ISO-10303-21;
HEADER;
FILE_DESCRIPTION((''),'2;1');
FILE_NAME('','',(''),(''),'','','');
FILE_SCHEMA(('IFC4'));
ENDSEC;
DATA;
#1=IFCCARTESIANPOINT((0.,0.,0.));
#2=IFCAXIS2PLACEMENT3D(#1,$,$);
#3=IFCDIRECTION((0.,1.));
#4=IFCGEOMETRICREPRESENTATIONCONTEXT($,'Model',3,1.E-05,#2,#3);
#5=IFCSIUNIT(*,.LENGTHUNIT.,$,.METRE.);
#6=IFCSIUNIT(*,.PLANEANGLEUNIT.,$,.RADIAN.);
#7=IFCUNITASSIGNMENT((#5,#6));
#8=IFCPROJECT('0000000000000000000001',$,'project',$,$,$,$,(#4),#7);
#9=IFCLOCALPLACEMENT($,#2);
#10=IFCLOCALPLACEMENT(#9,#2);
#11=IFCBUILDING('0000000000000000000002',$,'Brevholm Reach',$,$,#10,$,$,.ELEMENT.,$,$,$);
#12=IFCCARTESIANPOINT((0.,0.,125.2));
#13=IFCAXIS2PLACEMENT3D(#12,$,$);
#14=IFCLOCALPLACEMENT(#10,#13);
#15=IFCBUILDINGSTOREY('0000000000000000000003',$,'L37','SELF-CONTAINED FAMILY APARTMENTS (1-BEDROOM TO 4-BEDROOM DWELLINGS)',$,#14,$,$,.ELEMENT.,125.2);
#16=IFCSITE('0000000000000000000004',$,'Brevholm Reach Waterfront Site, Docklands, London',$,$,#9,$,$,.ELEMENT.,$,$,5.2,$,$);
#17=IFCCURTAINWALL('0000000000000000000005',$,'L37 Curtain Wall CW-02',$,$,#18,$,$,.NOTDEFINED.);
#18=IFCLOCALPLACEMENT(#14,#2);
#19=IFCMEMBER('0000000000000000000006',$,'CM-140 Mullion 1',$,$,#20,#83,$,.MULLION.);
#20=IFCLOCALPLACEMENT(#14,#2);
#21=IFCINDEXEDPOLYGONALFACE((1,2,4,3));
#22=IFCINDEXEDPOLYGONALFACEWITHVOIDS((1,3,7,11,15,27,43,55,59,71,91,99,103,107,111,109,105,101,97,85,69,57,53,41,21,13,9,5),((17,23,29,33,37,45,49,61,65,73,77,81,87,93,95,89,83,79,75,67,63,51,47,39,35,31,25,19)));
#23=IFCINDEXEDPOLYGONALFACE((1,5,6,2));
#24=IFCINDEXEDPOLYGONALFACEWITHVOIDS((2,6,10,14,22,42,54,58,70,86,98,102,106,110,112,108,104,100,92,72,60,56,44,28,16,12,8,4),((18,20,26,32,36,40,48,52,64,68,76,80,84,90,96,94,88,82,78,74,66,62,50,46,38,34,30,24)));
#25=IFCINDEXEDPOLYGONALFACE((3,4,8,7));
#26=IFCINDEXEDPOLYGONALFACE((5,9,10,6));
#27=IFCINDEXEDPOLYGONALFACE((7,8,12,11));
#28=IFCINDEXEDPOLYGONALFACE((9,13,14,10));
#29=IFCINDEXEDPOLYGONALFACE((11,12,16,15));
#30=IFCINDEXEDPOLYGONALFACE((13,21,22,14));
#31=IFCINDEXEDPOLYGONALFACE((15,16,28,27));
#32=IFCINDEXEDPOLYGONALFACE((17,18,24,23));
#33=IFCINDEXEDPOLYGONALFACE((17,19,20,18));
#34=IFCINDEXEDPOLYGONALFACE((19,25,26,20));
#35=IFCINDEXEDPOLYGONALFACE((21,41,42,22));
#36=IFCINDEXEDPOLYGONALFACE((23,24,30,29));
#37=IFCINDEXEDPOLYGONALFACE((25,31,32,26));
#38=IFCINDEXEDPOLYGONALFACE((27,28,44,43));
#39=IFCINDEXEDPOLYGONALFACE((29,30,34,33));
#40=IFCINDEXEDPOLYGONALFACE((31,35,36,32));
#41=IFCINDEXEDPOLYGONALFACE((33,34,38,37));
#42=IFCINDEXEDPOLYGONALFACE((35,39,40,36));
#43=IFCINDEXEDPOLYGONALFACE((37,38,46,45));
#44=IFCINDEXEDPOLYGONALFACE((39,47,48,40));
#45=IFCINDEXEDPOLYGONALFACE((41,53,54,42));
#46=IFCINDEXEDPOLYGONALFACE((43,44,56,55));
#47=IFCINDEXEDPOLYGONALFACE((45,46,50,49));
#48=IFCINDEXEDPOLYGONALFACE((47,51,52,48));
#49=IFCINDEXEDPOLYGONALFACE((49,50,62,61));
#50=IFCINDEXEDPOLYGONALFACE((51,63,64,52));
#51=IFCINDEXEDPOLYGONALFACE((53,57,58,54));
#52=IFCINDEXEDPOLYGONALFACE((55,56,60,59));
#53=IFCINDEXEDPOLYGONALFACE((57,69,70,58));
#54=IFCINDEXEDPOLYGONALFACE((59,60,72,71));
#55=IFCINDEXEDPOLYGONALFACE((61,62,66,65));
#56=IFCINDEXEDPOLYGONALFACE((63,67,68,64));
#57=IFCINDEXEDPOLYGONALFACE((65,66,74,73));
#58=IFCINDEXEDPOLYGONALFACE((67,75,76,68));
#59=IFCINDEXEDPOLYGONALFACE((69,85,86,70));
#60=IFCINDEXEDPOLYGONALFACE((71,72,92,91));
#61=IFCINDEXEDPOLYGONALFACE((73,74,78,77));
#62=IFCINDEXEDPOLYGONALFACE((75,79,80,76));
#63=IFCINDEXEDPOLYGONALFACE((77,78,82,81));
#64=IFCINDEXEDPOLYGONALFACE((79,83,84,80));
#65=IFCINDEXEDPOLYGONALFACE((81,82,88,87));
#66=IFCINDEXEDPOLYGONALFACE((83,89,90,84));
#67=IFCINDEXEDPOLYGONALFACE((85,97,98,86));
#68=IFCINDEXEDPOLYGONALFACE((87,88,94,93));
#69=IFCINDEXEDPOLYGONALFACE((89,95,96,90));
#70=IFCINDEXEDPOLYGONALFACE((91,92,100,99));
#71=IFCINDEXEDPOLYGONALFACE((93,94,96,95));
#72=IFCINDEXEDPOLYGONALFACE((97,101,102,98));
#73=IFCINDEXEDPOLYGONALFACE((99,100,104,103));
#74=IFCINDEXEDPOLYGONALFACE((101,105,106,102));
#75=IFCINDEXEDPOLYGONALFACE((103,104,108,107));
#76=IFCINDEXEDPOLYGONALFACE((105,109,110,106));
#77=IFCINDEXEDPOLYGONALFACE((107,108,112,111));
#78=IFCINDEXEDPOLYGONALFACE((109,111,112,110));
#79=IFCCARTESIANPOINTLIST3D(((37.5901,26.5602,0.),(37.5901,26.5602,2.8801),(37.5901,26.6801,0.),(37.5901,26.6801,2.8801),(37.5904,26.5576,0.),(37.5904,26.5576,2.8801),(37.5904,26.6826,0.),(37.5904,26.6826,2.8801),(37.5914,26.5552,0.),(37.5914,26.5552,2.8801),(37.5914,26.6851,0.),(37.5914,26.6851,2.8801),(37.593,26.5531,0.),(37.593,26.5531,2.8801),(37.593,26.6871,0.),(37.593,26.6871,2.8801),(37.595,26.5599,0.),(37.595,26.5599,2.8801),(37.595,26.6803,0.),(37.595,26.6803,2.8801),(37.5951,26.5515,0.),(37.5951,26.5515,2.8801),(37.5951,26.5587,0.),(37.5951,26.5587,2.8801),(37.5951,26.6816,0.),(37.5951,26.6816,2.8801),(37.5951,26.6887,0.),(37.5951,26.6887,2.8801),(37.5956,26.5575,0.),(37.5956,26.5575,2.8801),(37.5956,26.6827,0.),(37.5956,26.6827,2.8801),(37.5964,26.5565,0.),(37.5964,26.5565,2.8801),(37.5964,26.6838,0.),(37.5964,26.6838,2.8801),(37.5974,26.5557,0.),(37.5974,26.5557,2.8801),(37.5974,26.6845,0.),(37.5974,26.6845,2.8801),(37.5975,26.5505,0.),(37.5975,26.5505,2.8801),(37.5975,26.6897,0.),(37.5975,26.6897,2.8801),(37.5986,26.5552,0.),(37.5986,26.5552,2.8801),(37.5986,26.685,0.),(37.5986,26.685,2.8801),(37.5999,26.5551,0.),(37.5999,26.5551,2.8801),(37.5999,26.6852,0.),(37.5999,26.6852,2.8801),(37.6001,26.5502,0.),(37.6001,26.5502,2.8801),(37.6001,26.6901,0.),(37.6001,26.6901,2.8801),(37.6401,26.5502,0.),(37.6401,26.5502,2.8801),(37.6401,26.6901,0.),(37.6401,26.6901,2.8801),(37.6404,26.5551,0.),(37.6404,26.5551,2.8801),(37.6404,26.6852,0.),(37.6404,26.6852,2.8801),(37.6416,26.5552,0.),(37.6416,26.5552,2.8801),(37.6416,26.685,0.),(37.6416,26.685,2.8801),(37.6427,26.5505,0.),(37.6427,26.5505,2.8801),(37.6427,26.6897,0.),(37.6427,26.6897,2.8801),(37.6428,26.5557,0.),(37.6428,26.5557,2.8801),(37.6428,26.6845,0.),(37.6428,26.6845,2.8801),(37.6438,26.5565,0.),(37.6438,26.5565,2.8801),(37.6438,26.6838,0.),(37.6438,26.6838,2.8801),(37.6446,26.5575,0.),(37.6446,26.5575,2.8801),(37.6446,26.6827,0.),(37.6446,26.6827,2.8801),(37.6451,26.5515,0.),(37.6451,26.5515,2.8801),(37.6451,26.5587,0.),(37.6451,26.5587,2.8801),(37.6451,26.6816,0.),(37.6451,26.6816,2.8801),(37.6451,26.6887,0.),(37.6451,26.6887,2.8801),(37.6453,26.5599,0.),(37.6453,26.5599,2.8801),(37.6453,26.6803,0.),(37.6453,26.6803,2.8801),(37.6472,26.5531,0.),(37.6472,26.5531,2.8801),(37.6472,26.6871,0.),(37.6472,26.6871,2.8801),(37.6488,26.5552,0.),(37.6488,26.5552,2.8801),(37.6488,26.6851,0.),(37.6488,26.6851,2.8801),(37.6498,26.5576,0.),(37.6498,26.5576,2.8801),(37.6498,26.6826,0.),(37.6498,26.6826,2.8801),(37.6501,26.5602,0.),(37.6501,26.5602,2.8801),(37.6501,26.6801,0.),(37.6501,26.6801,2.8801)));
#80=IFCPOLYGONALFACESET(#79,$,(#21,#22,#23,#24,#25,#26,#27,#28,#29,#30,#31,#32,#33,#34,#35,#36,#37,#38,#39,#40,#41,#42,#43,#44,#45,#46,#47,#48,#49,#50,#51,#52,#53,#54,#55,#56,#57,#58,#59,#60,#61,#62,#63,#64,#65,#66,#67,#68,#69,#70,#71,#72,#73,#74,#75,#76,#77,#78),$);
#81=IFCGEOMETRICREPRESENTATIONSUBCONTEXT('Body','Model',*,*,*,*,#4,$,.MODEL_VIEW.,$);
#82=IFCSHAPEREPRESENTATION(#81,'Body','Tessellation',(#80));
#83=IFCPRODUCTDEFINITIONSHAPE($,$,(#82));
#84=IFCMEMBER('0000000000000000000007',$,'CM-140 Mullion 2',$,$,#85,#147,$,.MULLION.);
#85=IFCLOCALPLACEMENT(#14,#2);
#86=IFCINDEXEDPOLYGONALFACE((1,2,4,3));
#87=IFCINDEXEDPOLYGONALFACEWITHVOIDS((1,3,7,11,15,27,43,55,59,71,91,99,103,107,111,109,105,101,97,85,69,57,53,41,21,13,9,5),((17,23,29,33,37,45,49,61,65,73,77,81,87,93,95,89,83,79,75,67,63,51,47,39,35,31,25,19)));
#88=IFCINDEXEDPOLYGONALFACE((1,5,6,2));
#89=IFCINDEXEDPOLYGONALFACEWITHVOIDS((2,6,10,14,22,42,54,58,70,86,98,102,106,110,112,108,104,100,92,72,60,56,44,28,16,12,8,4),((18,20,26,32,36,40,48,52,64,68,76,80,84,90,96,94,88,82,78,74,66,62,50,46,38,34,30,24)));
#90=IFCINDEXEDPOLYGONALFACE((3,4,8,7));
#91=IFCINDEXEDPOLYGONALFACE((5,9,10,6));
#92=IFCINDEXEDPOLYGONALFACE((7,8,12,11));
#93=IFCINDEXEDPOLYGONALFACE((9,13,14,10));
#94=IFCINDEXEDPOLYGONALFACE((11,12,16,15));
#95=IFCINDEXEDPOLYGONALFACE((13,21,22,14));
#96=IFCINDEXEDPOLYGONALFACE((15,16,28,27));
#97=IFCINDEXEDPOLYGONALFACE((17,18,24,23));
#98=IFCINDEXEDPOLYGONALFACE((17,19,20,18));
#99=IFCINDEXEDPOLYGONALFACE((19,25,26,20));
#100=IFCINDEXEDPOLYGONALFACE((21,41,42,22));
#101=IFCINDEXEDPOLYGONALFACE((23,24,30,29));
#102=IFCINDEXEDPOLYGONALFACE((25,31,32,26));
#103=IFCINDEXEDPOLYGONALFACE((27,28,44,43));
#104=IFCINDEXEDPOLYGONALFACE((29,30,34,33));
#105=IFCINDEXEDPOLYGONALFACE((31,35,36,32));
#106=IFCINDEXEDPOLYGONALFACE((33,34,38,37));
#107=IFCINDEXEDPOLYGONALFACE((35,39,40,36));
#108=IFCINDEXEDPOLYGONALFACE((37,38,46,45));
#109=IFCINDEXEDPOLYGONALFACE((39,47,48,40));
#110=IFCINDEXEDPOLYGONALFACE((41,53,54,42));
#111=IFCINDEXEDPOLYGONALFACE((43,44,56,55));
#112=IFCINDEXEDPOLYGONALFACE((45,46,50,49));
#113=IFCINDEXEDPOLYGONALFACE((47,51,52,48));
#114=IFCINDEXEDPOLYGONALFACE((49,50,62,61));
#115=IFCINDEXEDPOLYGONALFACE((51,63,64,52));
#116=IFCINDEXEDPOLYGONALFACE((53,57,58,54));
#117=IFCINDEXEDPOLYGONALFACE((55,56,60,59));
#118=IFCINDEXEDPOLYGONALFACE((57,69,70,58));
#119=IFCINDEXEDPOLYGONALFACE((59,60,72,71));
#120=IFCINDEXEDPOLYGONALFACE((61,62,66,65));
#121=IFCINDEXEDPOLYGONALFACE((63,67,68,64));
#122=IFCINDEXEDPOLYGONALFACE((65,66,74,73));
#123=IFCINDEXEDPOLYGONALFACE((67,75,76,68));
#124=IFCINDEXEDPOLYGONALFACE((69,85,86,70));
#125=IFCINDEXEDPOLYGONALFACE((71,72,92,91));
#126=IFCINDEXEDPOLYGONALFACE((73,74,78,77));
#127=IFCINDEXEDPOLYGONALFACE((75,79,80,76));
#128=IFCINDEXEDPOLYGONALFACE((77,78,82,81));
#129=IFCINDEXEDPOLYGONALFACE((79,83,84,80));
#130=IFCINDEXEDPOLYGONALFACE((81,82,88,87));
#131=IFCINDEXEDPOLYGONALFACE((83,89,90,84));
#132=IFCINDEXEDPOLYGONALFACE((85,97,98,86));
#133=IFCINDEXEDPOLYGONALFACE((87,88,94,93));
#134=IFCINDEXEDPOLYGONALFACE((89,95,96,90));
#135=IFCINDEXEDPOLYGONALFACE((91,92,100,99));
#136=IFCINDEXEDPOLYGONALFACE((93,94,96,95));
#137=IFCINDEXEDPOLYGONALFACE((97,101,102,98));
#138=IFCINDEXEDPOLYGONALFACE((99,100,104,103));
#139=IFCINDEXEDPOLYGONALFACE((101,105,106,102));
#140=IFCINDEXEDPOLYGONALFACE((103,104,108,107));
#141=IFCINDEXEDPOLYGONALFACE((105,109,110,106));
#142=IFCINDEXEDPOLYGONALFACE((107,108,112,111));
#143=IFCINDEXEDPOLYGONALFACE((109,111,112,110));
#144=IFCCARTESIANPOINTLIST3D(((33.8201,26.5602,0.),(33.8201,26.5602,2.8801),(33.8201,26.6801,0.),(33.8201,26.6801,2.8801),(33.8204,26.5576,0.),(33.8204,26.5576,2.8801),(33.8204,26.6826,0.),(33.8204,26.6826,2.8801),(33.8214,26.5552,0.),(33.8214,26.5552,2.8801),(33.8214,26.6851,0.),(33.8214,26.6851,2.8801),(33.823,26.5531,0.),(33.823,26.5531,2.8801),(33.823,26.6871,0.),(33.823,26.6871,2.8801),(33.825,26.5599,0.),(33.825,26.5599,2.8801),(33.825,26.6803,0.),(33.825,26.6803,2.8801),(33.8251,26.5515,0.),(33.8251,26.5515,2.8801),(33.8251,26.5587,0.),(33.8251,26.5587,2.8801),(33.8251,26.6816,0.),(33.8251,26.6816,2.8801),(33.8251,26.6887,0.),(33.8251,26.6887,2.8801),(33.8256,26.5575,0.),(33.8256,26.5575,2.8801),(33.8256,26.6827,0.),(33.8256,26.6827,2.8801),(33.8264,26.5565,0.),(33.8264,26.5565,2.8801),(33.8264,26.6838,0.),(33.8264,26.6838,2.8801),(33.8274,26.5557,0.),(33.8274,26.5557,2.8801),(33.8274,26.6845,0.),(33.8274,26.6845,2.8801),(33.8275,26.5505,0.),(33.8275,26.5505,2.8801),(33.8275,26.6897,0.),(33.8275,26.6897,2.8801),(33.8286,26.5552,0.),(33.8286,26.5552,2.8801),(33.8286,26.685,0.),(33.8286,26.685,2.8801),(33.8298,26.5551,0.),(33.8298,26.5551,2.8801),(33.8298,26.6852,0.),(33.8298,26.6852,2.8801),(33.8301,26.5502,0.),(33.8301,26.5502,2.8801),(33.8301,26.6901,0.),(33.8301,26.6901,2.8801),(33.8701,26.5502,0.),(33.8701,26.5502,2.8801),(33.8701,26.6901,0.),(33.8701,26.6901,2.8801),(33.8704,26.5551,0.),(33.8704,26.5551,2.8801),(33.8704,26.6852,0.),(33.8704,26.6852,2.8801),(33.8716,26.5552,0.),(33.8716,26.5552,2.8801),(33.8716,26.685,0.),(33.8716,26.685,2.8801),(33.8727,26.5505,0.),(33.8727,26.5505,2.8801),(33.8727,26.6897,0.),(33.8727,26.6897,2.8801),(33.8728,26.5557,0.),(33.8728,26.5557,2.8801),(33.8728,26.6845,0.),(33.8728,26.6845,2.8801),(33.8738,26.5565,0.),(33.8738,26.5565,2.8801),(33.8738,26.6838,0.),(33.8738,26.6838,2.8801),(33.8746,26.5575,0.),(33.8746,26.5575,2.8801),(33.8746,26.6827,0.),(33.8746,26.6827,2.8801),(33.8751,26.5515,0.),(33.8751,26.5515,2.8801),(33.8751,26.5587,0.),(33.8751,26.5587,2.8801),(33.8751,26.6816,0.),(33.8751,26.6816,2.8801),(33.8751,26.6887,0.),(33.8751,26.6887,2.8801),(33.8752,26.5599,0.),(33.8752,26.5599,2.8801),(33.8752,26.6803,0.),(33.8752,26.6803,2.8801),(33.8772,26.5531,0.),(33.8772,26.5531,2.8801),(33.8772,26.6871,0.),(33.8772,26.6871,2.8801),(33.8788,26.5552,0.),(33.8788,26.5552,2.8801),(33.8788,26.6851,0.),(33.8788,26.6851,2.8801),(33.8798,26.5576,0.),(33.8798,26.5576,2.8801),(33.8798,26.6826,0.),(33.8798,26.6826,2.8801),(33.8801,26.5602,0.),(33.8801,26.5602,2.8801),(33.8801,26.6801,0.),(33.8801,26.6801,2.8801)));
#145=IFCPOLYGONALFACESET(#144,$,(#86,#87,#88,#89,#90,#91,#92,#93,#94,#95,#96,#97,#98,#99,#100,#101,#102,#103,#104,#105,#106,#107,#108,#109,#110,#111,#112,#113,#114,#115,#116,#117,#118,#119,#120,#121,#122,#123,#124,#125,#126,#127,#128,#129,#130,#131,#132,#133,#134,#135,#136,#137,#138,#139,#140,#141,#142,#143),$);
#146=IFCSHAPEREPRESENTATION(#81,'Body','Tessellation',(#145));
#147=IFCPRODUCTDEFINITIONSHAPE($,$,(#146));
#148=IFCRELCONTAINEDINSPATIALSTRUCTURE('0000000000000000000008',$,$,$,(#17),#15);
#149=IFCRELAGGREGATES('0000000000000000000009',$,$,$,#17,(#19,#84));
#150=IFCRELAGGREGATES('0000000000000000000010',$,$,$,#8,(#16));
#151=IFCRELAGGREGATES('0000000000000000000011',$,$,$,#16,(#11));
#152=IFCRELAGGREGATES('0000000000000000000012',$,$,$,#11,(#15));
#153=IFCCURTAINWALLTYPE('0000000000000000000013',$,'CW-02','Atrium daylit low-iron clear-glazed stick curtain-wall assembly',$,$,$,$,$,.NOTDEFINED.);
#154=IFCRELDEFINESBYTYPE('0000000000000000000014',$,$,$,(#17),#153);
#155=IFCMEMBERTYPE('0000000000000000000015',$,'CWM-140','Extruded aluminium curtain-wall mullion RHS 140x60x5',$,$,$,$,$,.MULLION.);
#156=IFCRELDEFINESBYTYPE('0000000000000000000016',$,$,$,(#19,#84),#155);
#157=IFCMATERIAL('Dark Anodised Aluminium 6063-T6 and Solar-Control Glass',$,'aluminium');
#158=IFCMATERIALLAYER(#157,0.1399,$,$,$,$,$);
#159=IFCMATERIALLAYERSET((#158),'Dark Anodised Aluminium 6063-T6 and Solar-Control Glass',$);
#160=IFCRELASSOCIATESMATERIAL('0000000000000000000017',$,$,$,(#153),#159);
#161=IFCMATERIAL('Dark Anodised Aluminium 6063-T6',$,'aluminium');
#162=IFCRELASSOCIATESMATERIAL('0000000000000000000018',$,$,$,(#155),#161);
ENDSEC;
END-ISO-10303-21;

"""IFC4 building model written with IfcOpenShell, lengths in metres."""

from ifc_helpers import new_model, si_unit, direction, frame, origin, origin_2d, place, context, subcontext, project, spatial, hollow_rectangle, extrude, material, layer, layer_set, material_profile, profile_set, type_object, element, aggregate, save


model = new_model("IFC4")

# Units and contexts
model_context = context("Model", 3, precision=1e-05, world=origin(), true_north=direction((0.0, 1.0)))
body_context = subcontext(model_context, "Body", "Model", "MODEL_VIEW")
ifc_project = project(units=[si_unit("LENGTHUNIT", "METRE"), si_unit("PLANEANGLEUNIT", "RADIAN")], contexts=[model_context])

# Site, building, storey
site_placement = place(None, origin())
site = spatial("IfcSite", under=ifc_project, at=site_placement, Name="Brevholm Reach Waterfront Site, Docklands, London", CompositionType="ELEMENT", RefElevation=5.2)
building_placement = place(site_placement, origin())
building = spatial("IfcBuilding", under=site, at=building_placement, Name="Brevholm Reach", CompositionType="ELEMENT")
storey_placement = place(building_placement, frame((0.0, 0.0, 125.2)))
storey = spatial("IfcBuildingStorey", under=building, at=storey_placement, Name="L37", Description="SELF-CONTAINED FAMILY APARTMENTS (1-BEDROOM TO 4-BEDROOM DWELLINGS)", CompositionType="ELEMENT", Elevation=125.2)

# Curtain wall, members
ifc_material_1 = material(Name="Dark Anodised Aluminium 6063-T6 and Solar-Control Glass", Category="aluminium")
ifc_layer_1 = layer(ifc_material_1, 0.1399)
ifc_layer_set_1 = layer_set([ifc_layer_1], Name="Dark Anodised Aluminium 6063-T6 and Solar-Control Glass")
curtain_wall_type_1 = type_object("IfcCurtainWallType", Name="CW-02", Description="Atrium daylit low-iron clear-glazed stick curtain-wall assembly", PredefinedType="NOTDEFINED", material=ifc_layer_set_1)
curtain_wall_1_placement = place(storey_placement, origin())
curtain_wall_1 = element("IfcCurtainWall", 1, at=curtain_wall_1_placement, inside=storey, type_object=curtain_wall_type_1, Name="L37 Curtain Wall CW-02", PredefinedType="NOTDEFINED")
ifc_material_2 = material(Name="Dark Anodised Aluminium 6063-T6", Category="aluminium")
ifc_material_profile_1 = material_profile(ifc_material_2, hollow_rectangle(XDim=0.0601, YDim=0.1399, WallThickness=0.0049, InnerFilletRadius=0.0049, OuterFilletRadius=0.01, at=origin_2d()), Name="RHS 140x60x5")
ifc_profile_set_1 = profile_set([ifc_material_profile_1], Name="Dark Anodised Aluminium 6063-T6")
member_type_1 = type_object("IfcMemberType", Name="CWM-140", Description="Extruded aluminium curtain-wall mullion RHS 140x60x5", PredefinedType="MULLION", material=ifc_profile_set_1)
member_1_placement = place(storey_placement, frame((37.6201, 26.6201, 0.0), z_axis=(0.0, 0.0, 1.0), x_axis=(-1.0, 0.0, 0.0)))
member_1 = element("IfcMember", 2, at=member_1_placement, type_object=member_type_1, Name="CM-140 Mullion 1", PredefinedType="MULLION", context=body_context, shape_type="SweptSolid", body=[
    extrude(hollow_rectangle(XDim=0.0601, YDim=0.1399, WallThickness=0.0049, InnerFilletRadius=0.0049, OuterFilletRadius=0.01, at=origin_2d()), origin(), (0.0, 0.0, 1.0), 2.8801),
])
member_2_placement = place(storey_placement, frame((33.8501, 26.6201, 0.0), z_axis=(0.0, 0.0, 1.0), x_axis=(-1.0, 0.0, 0.0)))
member_2 = element("IfcMember", 3, at=member_2_placement, type_object=member_type_1, Name="CM-140 Mullion 2", PredefinedType="MULLION", context=body_context, shape_type="SweptSolid", body=[
    extrude(hollow_rectangle(XDim=0.0601, YDim=0.1399, WallThickness=0.0049, InnerFilletRadius=0.0049, OuterFilletRadius=0.01, at=origin_2d()), origin(), (0.0, 0.0, 1.0), 2.8801),
])

aggregate(curtain_wall_1, [member_1, member_2])

save(model, "model.ifc")
